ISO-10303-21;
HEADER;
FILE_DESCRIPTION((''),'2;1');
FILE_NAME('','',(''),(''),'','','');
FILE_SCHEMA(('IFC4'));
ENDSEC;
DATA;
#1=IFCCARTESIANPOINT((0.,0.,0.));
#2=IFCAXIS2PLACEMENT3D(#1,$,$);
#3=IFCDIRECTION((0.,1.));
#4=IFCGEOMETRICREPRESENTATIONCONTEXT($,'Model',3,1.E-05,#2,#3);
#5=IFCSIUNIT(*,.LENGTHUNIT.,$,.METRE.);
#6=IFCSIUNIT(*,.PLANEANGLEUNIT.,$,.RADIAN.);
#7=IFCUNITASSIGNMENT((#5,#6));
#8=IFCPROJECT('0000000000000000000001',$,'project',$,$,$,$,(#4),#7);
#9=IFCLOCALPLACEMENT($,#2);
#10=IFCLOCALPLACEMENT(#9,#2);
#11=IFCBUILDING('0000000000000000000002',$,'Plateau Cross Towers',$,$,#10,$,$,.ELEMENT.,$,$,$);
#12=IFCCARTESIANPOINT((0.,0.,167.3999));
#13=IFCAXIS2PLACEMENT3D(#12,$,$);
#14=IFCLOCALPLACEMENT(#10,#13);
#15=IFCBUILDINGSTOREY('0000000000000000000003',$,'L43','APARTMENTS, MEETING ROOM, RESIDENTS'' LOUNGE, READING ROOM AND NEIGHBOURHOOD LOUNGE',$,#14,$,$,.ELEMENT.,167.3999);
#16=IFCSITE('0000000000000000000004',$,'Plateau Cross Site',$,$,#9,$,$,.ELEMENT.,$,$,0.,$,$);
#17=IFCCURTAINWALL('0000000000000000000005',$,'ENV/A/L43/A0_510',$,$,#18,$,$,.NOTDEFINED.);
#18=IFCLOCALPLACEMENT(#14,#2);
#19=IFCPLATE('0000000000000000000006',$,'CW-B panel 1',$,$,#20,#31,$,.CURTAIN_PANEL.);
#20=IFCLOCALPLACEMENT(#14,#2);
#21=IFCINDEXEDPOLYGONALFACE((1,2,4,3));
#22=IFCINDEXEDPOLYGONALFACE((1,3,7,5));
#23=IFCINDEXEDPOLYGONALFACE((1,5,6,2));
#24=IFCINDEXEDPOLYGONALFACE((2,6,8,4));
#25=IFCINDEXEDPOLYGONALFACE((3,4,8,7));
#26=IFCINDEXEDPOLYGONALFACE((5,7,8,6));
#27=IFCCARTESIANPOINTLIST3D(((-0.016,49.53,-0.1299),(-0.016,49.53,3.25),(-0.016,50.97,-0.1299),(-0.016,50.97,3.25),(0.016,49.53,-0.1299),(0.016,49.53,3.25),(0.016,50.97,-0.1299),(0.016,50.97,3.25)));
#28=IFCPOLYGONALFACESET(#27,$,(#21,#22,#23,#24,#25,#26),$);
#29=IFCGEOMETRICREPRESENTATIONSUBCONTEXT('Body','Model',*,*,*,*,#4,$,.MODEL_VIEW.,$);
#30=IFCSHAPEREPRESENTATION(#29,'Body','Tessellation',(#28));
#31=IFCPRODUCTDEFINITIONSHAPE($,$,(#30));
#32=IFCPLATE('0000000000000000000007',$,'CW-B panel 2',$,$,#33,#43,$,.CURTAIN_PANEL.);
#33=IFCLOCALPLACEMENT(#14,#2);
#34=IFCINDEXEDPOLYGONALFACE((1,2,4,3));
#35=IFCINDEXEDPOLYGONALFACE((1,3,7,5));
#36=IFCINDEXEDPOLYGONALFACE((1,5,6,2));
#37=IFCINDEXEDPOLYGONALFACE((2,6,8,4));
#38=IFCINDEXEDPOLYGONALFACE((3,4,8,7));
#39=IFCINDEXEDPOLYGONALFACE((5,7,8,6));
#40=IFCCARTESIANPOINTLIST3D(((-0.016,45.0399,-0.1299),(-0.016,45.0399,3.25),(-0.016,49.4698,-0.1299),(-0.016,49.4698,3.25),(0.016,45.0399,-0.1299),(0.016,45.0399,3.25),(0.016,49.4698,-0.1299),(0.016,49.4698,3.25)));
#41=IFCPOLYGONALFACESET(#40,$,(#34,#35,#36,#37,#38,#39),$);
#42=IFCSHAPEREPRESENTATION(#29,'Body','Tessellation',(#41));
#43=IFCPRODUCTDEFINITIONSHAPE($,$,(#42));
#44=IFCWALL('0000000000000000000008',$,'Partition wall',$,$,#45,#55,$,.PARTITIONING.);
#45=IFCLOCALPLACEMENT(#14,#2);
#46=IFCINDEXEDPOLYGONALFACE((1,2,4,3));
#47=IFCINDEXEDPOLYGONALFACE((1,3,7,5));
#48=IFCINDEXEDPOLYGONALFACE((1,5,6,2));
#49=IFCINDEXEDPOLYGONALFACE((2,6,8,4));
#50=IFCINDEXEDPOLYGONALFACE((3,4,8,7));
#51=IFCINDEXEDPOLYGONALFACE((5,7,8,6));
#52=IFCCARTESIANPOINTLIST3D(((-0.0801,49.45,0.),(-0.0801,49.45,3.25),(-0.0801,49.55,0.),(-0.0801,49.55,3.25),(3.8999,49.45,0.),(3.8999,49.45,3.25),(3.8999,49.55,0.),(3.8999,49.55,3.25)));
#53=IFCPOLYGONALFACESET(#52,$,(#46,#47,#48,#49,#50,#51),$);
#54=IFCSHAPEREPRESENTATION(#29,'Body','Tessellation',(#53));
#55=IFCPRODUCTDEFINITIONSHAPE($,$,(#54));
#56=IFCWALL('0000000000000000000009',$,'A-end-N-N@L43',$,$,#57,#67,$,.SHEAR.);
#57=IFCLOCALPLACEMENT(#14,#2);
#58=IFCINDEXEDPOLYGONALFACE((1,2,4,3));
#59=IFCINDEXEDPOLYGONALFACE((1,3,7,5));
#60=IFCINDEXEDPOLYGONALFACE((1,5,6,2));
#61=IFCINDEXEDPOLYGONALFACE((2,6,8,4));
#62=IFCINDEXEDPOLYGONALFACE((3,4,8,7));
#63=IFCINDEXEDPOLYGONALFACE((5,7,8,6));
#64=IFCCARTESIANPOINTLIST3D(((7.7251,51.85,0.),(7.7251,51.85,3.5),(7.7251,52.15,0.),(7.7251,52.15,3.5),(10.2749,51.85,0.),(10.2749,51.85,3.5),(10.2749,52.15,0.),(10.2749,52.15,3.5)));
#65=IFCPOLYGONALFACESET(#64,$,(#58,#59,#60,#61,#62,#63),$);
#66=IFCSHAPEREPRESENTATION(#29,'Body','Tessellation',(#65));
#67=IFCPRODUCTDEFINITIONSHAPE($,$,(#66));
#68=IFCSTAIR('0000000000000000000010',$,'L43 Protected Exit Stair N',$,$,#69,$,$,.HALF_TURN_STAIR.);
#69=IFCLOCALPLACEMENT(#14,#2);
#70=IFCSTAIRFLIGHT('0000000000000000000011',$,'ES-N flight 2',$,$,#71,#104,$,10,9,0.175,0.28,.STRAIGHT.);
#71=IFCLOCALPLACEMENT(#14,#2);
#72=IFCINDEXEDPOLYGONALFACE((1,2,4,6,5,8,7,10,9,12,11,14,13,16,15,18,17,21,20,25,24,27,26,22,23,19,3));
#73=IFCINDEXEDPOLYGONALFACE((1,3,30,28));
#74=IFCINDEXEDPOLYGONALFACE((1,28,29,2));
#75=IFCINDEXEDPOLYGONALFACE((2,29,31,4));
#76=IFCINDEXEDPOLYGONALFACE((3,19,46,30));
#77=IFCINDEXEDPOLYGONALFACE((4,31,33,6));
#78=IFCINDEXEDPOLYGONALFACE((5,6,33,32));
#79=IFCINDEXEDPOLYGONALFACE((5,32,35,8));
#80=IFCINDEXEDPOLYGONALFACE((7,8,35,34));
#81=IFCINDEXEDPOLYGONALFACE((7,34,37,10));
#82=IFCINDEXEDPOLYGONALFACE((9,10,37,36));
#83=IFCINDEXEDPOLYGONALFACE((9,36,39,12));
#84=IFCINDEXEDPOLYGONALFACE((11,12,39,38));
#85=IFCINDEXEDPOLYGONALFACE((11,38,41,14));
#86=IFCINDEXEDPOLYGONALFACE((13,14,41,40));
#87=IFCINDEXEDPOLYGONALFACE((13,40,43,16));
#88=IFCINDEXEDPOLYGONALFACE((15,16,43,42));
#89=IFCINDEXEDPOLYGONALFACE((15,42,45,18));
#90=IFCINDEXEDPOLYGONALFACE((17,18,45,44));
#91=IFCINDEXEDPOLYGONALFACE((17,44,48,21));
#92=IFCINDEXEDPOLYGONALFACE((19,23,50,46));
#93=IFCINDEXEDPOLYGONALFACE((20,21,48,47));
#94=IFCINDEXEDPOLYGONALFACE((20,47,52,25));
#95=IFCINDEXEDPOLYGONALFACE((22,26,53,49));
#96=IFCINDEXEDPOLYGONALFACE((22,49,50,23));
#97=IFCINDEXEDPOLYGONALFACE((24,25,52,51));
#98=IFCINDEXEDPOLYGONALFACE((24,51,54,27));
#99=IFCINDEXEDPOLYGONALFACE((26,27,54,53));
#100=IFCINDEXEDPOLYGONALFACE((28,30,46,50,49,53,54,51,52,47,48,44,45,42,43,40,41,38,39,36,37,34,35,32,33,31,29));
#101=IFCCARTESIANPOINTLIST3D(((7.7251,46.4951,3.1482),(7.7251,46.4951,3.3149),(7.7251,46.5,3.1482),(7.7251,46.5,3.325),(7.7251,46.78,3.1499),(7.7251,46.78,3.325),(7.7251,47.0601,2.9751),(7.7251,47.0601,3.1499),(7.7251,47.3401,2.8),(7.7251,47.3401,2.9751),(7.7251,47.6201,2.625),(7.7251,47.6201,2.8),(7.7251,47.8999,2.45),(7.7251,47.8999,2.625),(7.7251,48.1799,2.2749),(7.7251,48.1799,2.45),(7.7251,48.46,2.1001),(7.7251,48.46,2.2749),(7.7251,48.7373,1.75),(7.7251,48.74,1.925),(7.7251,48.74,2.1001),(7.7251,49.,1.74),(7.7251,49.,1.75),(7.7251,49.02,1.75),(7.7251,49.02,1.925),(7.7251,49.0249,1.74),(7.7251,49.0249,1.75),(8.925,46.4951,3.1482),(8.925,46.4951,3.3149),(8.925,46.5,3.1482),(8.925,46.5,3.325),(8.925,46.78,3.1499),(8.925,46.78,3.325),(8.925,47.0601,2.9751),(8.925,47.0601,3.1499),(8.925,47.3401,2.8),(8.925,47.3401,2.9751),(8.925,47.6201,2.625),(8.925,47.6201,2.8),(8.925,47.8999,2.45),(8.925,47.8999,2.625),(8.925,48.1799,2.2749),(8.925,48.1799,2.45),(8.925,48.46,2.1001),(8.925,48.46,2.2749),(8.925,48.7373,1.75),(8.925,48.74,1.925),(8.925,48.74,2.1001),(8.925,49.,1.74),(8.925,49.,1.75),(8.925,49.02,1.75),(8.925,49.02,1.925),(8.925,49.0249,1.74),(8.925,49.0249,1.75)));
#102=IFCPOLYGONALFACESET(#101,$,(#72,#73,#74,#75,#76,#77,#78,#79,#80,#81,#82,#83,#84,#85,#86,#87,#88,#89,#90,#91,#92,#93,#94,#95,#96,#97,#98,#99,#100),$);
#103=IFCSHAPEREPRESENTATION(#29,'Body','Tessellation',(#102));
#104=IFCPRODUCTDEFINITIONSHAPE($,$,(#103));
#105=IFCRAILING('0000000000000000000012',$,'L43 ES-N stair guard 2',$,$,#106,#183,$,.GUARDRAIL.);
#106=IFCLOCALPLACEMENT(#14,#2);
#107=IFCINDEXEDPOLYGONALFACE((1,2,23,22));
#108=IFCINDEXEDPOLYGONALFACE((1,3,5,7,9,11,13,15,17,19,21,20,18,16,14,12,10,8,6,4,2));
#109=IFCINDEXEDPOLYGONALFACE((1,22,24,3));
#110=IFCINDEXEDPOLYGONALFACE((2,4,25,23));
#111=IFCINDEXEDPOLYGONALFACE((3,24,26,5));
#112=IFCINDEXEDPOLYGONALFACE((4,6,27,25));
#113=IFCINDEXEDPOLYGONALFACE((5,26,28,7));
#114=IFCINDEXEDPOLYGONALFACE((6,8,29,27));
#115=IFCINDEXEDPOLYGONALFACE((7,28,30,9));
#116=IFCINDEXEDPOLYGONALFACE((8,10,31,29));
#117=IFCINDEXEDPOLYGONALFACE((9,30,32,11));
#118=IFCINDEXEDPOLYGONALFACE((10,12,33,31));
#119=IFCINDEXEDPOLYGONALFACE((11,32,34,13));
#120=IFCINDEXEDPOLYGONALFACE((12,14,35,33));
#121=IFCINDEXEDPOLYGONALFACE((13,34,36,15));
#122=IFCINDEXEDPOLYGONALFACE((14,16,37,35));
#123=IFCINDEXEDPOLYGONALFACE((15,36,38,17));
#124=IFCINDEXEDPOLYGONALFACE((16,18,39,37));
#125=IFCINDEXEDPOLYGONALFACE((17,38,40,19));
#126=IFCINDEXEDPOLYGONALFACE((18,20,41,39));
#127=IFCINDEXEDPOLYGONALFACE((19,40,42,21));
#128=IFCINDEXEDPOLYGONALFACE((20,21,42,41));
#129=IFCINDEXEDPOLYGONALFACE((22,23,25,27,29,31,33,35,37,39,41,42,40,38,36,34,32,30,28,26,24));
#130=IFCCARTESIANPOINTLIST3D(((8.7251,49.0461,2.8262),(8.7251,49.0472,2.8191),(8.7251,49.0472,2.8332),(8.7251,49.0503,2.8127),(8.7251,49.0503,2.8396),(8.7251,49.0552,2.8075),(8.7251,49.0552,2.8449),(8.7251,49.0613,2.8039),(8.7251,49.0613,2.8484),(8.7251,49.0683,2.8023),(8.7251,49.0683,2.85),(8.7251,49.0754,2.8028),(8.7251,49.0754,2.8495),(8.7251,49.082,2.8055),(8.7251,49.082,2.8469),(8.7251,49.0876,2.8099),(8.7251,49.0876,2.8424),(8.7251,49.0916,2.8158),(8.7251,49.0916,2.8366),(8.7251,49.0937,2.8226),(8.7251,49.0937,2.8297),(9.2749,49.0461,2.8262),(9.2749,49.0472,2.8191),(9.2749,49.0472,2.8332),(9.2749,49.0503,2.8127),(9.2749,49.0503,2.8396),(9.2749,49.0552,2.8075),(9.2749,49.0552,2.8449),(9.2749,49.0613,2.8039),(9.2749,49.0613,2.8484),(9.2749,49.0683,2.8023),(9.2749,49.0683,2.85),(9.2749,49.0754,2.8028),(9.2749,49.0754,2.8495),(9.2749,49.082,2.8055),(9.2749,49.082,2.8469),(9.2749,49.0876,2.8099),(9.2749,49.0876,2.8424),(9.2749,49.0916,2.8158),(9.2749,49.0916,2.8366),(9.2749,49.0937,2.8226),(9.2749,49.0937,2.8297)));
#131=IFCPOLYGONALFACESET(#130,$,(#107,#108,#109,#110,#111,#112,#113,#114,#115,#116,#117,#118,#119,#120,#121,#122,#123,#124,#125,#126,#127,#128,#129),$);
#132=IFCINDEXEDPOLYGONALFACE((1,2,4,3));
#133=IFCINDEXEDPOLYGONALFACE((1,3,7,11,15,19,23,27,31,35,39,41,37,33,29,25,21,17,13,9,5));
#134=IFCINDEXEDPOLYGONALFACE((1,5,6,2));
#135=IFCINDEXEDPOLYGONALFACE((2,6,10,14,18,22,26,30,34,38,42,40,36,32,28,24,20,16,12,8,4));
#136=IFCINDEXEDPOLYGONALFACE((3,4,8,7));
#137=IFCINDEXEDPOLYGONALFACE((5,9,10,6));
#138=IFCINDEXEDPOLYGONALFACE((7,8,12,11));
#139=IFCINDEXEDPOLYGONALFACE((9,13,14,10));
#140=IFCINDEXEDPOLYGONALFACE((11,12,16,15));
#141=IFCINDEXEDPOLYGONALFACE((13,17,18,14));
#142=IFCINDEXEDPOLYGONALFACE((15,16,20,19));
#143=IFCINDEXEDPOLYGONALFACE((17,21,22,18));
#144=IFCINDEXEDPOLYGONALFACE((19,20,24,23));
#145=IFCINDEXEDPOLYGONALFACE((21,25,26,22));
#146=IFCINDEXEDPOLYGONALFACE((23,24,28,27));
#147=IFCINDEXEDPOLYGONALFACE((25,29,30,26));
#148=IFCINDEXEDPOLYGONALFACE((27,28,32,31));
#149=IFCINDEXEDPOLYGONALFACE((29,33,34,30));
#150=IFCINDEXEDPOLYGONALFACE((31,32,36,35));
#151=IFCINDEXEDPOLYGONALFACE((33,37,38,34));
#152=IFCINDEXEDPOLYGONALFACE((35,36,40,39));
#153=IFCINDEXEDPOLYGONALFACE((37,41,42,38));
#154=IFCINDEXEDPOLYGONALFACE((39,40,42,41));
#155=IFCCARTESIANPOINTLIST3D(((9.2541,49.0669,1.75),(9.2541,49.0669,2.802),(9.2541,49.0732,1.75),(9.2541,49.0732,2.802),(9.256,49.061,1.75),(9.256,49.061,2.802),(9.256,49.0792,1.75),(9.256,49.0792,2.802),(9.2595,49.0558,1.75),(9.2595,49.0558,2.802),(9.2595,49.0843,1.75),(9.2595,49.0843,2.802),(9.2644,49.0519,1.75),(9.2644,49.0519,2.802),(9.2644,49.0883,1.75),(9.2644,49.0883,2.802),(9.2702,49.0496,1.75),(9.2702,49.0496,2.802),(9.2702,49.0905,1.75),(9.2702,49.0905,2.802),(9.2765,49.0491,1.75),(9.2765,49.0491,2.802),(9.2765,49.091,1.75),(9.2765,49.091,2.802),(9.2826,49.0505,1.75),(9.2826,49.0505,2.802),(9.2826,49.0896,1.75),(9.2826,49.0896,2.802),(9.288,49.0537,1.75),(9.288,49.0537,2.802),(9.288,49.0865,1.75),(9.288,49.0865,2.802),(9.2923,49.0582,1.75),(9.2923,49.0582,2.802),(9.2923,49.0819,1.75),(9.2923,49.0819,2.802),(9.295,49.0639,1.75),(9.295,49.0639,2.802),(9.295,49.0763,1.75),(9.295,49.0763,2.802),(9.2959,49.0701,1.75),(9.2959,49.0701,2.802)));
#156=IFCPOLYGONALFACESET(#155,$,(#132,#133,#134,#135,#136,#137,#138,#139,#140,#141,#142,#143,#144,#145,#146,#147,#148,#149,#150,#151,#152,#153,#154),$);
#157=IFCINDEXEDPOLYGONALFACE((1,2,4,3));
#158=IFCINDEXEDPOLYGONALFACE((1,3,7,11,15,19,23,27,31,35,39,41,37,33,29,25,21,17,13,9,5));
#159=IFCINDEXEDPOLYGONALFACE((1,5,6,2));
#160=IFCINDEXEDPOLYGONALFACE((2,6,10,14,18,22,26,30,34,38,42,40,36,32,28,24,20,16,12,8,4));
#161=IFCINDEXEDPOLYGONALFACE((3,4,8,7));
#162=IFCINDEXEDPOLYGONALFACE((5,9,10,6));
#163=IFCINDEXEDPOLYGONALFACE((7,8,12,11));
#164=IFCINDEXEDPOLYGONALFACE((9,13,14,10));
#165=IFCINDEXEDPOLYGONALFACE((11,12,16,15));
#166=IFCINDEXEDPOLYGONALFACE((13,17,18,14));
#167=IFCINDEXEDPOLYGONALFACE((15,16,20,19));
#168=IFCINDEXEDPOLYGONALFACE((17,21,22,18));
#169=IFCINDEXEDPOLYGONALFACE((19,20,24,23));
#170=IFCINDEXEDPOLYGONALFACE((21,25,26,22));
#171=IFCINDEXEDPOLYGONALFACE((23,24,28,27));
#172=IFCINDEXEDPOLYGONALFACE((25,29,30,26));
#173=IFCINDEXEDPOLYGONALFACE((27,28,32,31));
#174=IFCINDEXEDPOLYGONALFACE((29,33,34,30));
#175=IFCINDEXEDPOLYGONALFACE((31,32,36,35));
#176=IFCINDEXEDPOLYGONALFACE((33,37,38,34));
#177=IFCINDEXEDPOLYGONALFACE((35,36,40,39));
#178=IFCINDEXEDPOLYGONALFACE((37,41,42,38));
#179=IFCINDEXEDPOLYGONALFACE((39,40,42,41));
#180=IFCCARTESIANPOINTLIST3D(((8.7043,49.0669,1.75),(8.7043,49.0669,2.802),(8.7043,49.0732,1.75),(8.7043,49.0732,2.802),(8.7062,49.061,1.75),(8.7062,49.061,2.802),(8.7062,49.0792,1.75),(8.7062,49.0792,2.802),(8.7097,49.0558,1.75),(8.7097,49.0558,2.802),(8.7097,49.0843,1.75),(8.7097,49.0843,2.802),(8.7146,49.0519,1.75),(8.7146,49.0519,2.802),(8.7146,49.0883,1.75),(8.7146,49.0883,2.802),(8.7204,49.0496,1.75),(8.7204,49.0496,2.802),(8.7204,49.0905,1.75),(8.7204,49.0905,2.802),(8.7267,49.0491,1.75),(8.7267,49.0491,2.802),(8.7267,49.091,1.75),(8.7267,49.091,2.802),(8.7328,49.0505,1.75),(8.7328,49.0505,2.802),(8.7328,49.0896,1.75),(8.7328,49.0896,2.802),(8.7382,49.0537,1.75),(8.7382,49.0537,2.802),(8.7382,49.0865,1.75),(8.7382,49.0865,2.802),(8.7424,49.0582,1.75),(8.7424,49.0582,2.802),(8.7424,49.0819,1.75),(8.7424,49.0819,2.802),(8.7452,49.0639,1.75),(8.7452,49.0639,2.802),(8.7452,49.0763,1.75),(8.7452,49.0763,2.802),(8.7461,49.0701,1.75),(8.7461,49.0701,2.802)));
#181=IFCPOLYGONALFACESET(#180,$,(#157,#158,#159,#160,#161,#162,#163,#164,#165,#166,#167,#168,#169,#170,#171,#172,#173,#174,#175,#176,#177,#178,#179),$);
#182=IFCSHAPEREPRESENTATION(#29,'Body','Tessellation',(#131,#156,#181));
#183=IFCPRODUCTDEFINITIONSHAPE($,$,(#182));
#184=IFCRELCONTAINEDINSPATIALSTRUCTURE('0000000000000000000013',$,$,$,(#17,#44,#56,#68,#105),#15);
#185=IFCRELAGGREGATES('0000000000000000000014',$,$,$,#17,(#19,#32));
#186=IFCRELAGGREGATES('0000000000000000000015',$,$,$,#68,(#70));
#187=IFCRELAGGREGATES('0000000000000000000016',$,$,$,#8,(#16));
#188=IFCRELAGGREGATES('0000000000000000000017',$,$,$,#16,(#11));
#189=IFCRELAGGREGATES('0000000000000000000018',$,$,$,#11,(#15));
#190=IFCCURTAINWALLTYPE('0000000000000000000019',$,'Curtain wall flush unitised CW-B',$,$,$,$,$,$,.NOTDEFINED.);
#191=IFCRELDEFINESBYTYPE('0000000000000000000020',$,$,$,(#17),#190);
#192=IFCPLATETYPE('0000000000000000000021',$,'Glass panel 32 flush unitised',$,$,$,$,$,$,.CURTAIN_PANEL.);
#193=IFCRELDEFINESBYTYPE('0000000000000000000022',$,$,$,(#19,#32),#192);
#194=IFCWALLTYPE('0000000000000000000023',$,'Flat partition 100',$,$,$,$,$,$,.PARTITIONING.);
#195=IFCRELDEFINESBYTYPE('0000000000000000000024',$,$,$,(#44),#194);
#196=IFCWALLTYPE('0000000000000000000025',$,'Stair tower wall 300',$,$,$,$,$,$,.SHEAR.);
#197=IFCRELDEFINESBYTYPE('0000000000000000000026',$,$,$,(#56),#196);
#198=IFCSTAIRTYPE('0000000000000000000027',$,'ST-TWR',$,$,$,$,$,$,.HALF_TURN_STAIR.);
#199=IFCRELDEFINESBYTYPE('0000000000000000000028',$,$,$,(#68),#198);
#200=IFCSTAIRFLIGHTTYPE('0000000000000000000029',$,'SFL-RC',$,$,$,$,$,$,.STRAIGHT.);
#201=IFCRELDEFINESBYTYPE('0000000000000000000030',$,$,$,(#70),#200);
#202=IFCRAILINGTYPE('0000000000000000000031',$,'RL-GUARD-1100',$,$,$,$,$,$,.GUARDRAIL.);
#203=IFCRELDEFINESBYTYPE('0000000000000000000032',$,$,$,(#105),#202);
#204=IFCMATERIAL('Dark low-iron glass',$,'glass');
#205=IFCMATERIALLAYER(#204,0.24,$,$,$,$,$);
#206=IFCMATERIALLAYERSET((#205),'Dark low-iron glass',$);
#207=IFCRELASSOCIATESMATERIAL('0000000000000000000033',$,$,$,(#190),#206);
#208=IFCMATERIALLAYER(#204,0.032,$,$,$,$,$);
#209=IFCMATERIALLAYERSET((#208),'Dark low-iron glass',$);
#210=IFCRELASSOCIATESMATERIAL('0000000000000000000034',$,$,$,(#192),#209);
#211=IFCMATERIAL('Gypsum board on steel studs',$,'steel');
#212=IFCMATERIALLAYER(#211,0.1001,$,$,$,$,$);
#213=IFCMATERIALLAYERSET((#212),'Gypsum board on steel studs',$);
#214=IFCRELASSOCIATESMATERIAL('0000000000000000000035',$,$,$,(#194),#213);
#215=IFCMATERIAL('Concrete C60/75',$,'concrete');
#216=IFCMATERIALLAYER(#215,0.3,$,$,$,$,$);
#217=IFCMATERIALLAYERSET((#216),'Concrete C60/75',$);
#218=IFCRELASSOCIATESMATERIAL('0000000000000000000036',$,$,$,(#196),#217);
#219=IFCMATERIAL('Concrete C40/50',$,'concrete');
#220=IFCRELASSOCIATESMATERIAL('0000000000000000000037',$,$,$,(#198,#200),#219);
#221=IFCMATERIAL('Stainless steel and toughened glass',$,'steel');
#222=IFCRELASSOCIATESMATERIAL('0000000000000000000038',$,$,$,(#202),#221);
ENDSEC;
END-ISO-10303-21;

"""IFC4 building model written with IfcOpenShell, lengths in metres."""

from ifc_helpers import new_model, si_unit, direction, frame, frame_2d, origin, origin_2d, place, context, subcontext, project, spatial, polyline, rectangle, circle, outline, extrude, material, layer, layer_set, type_object, element, aggregate, save


model = new_model("IFC4")

# Units and contexts
model_context = context("Model", 3, precision=1e-05, world=origin(), true_north=direction((0.0, 1.0)))
body_context = subcontext(model_context, "Body", "Model", "MODEL_VIEW")
ifc_project = project(units=[si_unit("LENGTHUNIT", "METRE"), si_unit("PLANEANGLEUNIT", "RADIAN")], contexts=[model_context])

# Site, building, storey
site_placement = place(None, origin())
site = spatial("IfcSite", under=ifc_project, at=site_placement, Name="Plateau Cross Site", CompositionType="ELEMENT", RefElevation=0.0)
building_placement = place(site_placement, origin())
building = spatial("IfcBuilding", under=site, at=building_placement, Name="Plateau Cross Towers", CompositionType="ELEMENT")
storey_placement = place(building_placement, frame((0.0, 0.0, 167.3999)))
storey = spatial("IfcBuildingStorey", under=building, at=storey_placement, Name="L43", Description="APARTMENTS, MEETING ROOM, RESIDENTS' LOUNGE, READING ROOM AND NEIGHBOURHOOD LOUNGE", CompositionType="ELEMENT", Elevation=167.3999)

# Shared definitions
ifc_material_1 = material(Name="Concrete C60/75", Category="concrete")

# Shared definitions
ifc_material_2 = material(Name="Dark low-iron glass", Category="glass")
ifc_layer_1 = layer(ifc_material_2, 0.24)
ifc_layer_set_1 = layer_set([ifc_layer_1], Name="Dark low-iron glass")
curtain_wall_type = type_object("IfcCurtainWallType", Name="Curtain wall flush unitised CW-B", PredefinedType="NOTDEFINED", material=ifc_layer_set_1)

# Curtain wall
curtain_wall_1_placement = place(storey_placement, origin())
curtain_wall_1 = element("IfcCurtainWall", 1, at=curtain_wall_1_placement, inside=storey, type_object=curtain_wall_type, Name="ENV/A/L43/A0_510", PredefinedType="NOTDEFINED")

# Plates
ifc_layer_2 = layer(ifc_material_2, 0.032)
ifc_layer_set_2 = layer_set([ifc_layer_2], Name="Dark low-iron glass")
plate_type = type_object("IfcPlateType", Name="Glass panel 32 flush unitised", PredefinedType="CURTAIN_PANEL", material=ifc_layer_set_2)
plate_1_placement = place(storey_placement, frame((0.0, 50.25, -0.1299), z_axis=(0.0, 0.0, 1.0), x_axis=(0.0, -1.0, 0.0)))
plate_1 = element("IfcPlate", 2, at=plate_1_placement, type_object=plate_type, Name="CW-B panel 1", PredefinedType="CURTAIN_PANEL", context=body_context, shape_type="SweptSolid", body=[
    extrude(rectangle(XDim=1.4399, YDim=0.032, at=origin_2d()), origin(), (0.0, 0.0, 1.0), 3.3799),
])
plate_2_placement = place(storey_placement, frame((0.0, 47.2549, -0.1299), z_axis=(0.0, 0.0, 1.0), x_axis=(0.0, -1.0, 0.0)))
plate_2 = element("IfcPlate", 3, at=plate_2_placement, type_object=plate_type, Name="CW-B panel 2", PredefinedType="CURTAIN_PANEL", context=body_context, shape_type="SweptSolid", body=[
    extrude(rectangle(XDim=4.4299, YDim=0.032, at=origin_2d()), origin(), (0.0, 0.0, 1.0), 3.3799),
])
aggregate(curtain_wall_1, [plate_1, plate_2])

# Walls
ifc_material_3 = material(Name="Gypsum board on steel studs", Category="steel")
ifc_layer_3 = layer(ifc_material_3, 0.1001)
ifc_layer_set_3 = layer_set([ifc_layer_3], Name="Gypsum board on steel studs")
wall_type_1 = type_object("IfcWallType", Name="Flat partition 100", PredefinedType="PARTITIONING", material=ifc_layer_set_3)
wall_1_placement = place(storey_placement, frame((3.8999, 49.5, 0.0), z_axis=(0.0, 0.0, 1.0), x_axis=(-1.0, 0.0, 0.0)))
element("IfcWall", 4, at=wall_1_placement, inside=storey, type_object=wall_type_1, Name="Partition wall", PredefinedType="PARTITIONING", context=body_context, shape_type="SweptSolid", body=[
    extrude(rectangle(XDim=3.98, YDim=0.1001, at=frame_2d((1.99, 0.0))), origin(), (0.0, 0.0, 1.0), 3.25),
])
ifc_layer_4 = layer(ifc_material_1, 0.3)
ifc_layer_set_4 = layer_set([ifc_layer_4], Name="Concrete C60/75")
wall_type_2 = type_object("IfcWallType", Name="Stair tower wall 300", PredefinedType="SHEAR", material=ifc_layer_set_4)
wall_2_placement = place(storey_placement, frame((7.7251, 52.0, 0.0), z_axis=(0.0, 0.0, 1.0), x_axis=(1.0, 0.0, 0.0)))
element("IfcWall", 5, at=wall_2_placement, inside=storey, type_object=wall_type_2, Name="A-end-N-N@L43", PredefinedType="SHEAR", context=body_context, shape_type="SweptSolid", body=[
    extrude(rectangle(XDim=2.5498, YDim=0.3, at=frame_2d((1.2749, 0.0))), origin(), (0.0, 0.0, 1.0), 3.5),
])

# Stair, stair flight
ifc_material_4 = material(Name="Concrete C40/50", Category="concrete")
stair_type = type_object("IfcStairType", Name="ST-TWR", PredefinedType="HALF_TURN_STAIR", material=ifc_material_4)
stair_placement = place(storey_placement, origin())
stair = element("IfcStair", 6, at=stair_placement, inside=storey, type_object=stair_type, Name="L43 Protected Exit Stair N", PredefinedType="HALF_TURN_STAIR")
stair_flight_type = type_object("IfcStairFlightType", Name="SFL-RC", PredefinedType="STRAIGHT", material=ifc_material_4)
stair_flight_placement = place(storey_placement, frame((8.325, 49.02, 1.75), z_axis=(0.0, 0.0, 1.0), x_axis=(0.0, -1.0, 0.0)))
stair_flight = element("IfcStairFlight", 7, at=stair_flight_placement, type_object=stair_flight_type, Name="ES-N flight 2", NumberOfRisers=10, NumberOfTreads=9, PredefinedType="STRAIGHT", RiserHeight=0.175, TreadLength=0.28, context=body_context, shape_type="SweptSolid", body=[
    extrude(outline(polyline([(-0.0049, -0.01), (-0.0049, 0.0), (0.0, 0.0), (0.0, 0.175), (0.28, 0.175), (0.28, 0.3501), (0.5601, 0.3501), (0.5601, 0.5249), (0.8401, 0.5249), (0.8401, 0.7), (1.1201, 0.7), (1.1201, 0.875), (1.3999, 0.875), (1.3999, 1.05), (1.6799, 1.05), (1.6799, 1.2251), (1.96, 1.2251), (1.96, 1.3999), (2.24, 1.3999), (2.24, 1.575), (2.52, 1.575), (2.5249, 1.5649), (2.5249, 1.3982), (2.52, 1.3982), (0.2827, 0.0), (0.02, 0.0), (0.02, -0.01), (-0.0049, -0.01)])), frame((0.0, 0.6001, 0.0), z_axis=(0.0, -1.0, 0.0), x_axis=(1.0, 0.0, 0.0)), (0.0, 0.0, 1.0), 1.2),
])
aggregate(stair, [stair_flight])

# Railing
ifc_material_5 = material(Name="Stainless steel and toughened glass", Category="steel")
railing_type_1 = type_object("IfcRailingType", Name="RL-GUARD-1100", PredefinedType="GUARDRAIL", material=ifc_material_5)
railing_1_placement = place(storey_placement, frame((9.2749, 49.0701, 1.75)))
element("IfcRailing", 8, at=railing_1_placement, inside=storey, type_object=railing_type_1, Name="L43 ES-N stair guard 2", PredefinedType="GUARDRAIL", context=body_context, shape_type="SweptSolid", body=[
    extrude(circle(Radius=0.0239, at=origin_2d()), frame((0.0, 0.0, 1.0762), z_axis=(-1.0, 0.0, 0.0), x_axis=(0.0, -1.0, 0.0)), (0.0, 0.0, 1.0), 0.5498),
    extrude(circle(Radius=0.021, at=origin_2d()), origin(), (0.0, 0.0, 1.0), 1.052),
    extrude(circle(Radius=0.021, at=origin_2d()), frame((-0.5498, 0.0, 0.0)), (0.0, 0.0, 1.0), 1.052),
])

save(model, "model.ifc")
